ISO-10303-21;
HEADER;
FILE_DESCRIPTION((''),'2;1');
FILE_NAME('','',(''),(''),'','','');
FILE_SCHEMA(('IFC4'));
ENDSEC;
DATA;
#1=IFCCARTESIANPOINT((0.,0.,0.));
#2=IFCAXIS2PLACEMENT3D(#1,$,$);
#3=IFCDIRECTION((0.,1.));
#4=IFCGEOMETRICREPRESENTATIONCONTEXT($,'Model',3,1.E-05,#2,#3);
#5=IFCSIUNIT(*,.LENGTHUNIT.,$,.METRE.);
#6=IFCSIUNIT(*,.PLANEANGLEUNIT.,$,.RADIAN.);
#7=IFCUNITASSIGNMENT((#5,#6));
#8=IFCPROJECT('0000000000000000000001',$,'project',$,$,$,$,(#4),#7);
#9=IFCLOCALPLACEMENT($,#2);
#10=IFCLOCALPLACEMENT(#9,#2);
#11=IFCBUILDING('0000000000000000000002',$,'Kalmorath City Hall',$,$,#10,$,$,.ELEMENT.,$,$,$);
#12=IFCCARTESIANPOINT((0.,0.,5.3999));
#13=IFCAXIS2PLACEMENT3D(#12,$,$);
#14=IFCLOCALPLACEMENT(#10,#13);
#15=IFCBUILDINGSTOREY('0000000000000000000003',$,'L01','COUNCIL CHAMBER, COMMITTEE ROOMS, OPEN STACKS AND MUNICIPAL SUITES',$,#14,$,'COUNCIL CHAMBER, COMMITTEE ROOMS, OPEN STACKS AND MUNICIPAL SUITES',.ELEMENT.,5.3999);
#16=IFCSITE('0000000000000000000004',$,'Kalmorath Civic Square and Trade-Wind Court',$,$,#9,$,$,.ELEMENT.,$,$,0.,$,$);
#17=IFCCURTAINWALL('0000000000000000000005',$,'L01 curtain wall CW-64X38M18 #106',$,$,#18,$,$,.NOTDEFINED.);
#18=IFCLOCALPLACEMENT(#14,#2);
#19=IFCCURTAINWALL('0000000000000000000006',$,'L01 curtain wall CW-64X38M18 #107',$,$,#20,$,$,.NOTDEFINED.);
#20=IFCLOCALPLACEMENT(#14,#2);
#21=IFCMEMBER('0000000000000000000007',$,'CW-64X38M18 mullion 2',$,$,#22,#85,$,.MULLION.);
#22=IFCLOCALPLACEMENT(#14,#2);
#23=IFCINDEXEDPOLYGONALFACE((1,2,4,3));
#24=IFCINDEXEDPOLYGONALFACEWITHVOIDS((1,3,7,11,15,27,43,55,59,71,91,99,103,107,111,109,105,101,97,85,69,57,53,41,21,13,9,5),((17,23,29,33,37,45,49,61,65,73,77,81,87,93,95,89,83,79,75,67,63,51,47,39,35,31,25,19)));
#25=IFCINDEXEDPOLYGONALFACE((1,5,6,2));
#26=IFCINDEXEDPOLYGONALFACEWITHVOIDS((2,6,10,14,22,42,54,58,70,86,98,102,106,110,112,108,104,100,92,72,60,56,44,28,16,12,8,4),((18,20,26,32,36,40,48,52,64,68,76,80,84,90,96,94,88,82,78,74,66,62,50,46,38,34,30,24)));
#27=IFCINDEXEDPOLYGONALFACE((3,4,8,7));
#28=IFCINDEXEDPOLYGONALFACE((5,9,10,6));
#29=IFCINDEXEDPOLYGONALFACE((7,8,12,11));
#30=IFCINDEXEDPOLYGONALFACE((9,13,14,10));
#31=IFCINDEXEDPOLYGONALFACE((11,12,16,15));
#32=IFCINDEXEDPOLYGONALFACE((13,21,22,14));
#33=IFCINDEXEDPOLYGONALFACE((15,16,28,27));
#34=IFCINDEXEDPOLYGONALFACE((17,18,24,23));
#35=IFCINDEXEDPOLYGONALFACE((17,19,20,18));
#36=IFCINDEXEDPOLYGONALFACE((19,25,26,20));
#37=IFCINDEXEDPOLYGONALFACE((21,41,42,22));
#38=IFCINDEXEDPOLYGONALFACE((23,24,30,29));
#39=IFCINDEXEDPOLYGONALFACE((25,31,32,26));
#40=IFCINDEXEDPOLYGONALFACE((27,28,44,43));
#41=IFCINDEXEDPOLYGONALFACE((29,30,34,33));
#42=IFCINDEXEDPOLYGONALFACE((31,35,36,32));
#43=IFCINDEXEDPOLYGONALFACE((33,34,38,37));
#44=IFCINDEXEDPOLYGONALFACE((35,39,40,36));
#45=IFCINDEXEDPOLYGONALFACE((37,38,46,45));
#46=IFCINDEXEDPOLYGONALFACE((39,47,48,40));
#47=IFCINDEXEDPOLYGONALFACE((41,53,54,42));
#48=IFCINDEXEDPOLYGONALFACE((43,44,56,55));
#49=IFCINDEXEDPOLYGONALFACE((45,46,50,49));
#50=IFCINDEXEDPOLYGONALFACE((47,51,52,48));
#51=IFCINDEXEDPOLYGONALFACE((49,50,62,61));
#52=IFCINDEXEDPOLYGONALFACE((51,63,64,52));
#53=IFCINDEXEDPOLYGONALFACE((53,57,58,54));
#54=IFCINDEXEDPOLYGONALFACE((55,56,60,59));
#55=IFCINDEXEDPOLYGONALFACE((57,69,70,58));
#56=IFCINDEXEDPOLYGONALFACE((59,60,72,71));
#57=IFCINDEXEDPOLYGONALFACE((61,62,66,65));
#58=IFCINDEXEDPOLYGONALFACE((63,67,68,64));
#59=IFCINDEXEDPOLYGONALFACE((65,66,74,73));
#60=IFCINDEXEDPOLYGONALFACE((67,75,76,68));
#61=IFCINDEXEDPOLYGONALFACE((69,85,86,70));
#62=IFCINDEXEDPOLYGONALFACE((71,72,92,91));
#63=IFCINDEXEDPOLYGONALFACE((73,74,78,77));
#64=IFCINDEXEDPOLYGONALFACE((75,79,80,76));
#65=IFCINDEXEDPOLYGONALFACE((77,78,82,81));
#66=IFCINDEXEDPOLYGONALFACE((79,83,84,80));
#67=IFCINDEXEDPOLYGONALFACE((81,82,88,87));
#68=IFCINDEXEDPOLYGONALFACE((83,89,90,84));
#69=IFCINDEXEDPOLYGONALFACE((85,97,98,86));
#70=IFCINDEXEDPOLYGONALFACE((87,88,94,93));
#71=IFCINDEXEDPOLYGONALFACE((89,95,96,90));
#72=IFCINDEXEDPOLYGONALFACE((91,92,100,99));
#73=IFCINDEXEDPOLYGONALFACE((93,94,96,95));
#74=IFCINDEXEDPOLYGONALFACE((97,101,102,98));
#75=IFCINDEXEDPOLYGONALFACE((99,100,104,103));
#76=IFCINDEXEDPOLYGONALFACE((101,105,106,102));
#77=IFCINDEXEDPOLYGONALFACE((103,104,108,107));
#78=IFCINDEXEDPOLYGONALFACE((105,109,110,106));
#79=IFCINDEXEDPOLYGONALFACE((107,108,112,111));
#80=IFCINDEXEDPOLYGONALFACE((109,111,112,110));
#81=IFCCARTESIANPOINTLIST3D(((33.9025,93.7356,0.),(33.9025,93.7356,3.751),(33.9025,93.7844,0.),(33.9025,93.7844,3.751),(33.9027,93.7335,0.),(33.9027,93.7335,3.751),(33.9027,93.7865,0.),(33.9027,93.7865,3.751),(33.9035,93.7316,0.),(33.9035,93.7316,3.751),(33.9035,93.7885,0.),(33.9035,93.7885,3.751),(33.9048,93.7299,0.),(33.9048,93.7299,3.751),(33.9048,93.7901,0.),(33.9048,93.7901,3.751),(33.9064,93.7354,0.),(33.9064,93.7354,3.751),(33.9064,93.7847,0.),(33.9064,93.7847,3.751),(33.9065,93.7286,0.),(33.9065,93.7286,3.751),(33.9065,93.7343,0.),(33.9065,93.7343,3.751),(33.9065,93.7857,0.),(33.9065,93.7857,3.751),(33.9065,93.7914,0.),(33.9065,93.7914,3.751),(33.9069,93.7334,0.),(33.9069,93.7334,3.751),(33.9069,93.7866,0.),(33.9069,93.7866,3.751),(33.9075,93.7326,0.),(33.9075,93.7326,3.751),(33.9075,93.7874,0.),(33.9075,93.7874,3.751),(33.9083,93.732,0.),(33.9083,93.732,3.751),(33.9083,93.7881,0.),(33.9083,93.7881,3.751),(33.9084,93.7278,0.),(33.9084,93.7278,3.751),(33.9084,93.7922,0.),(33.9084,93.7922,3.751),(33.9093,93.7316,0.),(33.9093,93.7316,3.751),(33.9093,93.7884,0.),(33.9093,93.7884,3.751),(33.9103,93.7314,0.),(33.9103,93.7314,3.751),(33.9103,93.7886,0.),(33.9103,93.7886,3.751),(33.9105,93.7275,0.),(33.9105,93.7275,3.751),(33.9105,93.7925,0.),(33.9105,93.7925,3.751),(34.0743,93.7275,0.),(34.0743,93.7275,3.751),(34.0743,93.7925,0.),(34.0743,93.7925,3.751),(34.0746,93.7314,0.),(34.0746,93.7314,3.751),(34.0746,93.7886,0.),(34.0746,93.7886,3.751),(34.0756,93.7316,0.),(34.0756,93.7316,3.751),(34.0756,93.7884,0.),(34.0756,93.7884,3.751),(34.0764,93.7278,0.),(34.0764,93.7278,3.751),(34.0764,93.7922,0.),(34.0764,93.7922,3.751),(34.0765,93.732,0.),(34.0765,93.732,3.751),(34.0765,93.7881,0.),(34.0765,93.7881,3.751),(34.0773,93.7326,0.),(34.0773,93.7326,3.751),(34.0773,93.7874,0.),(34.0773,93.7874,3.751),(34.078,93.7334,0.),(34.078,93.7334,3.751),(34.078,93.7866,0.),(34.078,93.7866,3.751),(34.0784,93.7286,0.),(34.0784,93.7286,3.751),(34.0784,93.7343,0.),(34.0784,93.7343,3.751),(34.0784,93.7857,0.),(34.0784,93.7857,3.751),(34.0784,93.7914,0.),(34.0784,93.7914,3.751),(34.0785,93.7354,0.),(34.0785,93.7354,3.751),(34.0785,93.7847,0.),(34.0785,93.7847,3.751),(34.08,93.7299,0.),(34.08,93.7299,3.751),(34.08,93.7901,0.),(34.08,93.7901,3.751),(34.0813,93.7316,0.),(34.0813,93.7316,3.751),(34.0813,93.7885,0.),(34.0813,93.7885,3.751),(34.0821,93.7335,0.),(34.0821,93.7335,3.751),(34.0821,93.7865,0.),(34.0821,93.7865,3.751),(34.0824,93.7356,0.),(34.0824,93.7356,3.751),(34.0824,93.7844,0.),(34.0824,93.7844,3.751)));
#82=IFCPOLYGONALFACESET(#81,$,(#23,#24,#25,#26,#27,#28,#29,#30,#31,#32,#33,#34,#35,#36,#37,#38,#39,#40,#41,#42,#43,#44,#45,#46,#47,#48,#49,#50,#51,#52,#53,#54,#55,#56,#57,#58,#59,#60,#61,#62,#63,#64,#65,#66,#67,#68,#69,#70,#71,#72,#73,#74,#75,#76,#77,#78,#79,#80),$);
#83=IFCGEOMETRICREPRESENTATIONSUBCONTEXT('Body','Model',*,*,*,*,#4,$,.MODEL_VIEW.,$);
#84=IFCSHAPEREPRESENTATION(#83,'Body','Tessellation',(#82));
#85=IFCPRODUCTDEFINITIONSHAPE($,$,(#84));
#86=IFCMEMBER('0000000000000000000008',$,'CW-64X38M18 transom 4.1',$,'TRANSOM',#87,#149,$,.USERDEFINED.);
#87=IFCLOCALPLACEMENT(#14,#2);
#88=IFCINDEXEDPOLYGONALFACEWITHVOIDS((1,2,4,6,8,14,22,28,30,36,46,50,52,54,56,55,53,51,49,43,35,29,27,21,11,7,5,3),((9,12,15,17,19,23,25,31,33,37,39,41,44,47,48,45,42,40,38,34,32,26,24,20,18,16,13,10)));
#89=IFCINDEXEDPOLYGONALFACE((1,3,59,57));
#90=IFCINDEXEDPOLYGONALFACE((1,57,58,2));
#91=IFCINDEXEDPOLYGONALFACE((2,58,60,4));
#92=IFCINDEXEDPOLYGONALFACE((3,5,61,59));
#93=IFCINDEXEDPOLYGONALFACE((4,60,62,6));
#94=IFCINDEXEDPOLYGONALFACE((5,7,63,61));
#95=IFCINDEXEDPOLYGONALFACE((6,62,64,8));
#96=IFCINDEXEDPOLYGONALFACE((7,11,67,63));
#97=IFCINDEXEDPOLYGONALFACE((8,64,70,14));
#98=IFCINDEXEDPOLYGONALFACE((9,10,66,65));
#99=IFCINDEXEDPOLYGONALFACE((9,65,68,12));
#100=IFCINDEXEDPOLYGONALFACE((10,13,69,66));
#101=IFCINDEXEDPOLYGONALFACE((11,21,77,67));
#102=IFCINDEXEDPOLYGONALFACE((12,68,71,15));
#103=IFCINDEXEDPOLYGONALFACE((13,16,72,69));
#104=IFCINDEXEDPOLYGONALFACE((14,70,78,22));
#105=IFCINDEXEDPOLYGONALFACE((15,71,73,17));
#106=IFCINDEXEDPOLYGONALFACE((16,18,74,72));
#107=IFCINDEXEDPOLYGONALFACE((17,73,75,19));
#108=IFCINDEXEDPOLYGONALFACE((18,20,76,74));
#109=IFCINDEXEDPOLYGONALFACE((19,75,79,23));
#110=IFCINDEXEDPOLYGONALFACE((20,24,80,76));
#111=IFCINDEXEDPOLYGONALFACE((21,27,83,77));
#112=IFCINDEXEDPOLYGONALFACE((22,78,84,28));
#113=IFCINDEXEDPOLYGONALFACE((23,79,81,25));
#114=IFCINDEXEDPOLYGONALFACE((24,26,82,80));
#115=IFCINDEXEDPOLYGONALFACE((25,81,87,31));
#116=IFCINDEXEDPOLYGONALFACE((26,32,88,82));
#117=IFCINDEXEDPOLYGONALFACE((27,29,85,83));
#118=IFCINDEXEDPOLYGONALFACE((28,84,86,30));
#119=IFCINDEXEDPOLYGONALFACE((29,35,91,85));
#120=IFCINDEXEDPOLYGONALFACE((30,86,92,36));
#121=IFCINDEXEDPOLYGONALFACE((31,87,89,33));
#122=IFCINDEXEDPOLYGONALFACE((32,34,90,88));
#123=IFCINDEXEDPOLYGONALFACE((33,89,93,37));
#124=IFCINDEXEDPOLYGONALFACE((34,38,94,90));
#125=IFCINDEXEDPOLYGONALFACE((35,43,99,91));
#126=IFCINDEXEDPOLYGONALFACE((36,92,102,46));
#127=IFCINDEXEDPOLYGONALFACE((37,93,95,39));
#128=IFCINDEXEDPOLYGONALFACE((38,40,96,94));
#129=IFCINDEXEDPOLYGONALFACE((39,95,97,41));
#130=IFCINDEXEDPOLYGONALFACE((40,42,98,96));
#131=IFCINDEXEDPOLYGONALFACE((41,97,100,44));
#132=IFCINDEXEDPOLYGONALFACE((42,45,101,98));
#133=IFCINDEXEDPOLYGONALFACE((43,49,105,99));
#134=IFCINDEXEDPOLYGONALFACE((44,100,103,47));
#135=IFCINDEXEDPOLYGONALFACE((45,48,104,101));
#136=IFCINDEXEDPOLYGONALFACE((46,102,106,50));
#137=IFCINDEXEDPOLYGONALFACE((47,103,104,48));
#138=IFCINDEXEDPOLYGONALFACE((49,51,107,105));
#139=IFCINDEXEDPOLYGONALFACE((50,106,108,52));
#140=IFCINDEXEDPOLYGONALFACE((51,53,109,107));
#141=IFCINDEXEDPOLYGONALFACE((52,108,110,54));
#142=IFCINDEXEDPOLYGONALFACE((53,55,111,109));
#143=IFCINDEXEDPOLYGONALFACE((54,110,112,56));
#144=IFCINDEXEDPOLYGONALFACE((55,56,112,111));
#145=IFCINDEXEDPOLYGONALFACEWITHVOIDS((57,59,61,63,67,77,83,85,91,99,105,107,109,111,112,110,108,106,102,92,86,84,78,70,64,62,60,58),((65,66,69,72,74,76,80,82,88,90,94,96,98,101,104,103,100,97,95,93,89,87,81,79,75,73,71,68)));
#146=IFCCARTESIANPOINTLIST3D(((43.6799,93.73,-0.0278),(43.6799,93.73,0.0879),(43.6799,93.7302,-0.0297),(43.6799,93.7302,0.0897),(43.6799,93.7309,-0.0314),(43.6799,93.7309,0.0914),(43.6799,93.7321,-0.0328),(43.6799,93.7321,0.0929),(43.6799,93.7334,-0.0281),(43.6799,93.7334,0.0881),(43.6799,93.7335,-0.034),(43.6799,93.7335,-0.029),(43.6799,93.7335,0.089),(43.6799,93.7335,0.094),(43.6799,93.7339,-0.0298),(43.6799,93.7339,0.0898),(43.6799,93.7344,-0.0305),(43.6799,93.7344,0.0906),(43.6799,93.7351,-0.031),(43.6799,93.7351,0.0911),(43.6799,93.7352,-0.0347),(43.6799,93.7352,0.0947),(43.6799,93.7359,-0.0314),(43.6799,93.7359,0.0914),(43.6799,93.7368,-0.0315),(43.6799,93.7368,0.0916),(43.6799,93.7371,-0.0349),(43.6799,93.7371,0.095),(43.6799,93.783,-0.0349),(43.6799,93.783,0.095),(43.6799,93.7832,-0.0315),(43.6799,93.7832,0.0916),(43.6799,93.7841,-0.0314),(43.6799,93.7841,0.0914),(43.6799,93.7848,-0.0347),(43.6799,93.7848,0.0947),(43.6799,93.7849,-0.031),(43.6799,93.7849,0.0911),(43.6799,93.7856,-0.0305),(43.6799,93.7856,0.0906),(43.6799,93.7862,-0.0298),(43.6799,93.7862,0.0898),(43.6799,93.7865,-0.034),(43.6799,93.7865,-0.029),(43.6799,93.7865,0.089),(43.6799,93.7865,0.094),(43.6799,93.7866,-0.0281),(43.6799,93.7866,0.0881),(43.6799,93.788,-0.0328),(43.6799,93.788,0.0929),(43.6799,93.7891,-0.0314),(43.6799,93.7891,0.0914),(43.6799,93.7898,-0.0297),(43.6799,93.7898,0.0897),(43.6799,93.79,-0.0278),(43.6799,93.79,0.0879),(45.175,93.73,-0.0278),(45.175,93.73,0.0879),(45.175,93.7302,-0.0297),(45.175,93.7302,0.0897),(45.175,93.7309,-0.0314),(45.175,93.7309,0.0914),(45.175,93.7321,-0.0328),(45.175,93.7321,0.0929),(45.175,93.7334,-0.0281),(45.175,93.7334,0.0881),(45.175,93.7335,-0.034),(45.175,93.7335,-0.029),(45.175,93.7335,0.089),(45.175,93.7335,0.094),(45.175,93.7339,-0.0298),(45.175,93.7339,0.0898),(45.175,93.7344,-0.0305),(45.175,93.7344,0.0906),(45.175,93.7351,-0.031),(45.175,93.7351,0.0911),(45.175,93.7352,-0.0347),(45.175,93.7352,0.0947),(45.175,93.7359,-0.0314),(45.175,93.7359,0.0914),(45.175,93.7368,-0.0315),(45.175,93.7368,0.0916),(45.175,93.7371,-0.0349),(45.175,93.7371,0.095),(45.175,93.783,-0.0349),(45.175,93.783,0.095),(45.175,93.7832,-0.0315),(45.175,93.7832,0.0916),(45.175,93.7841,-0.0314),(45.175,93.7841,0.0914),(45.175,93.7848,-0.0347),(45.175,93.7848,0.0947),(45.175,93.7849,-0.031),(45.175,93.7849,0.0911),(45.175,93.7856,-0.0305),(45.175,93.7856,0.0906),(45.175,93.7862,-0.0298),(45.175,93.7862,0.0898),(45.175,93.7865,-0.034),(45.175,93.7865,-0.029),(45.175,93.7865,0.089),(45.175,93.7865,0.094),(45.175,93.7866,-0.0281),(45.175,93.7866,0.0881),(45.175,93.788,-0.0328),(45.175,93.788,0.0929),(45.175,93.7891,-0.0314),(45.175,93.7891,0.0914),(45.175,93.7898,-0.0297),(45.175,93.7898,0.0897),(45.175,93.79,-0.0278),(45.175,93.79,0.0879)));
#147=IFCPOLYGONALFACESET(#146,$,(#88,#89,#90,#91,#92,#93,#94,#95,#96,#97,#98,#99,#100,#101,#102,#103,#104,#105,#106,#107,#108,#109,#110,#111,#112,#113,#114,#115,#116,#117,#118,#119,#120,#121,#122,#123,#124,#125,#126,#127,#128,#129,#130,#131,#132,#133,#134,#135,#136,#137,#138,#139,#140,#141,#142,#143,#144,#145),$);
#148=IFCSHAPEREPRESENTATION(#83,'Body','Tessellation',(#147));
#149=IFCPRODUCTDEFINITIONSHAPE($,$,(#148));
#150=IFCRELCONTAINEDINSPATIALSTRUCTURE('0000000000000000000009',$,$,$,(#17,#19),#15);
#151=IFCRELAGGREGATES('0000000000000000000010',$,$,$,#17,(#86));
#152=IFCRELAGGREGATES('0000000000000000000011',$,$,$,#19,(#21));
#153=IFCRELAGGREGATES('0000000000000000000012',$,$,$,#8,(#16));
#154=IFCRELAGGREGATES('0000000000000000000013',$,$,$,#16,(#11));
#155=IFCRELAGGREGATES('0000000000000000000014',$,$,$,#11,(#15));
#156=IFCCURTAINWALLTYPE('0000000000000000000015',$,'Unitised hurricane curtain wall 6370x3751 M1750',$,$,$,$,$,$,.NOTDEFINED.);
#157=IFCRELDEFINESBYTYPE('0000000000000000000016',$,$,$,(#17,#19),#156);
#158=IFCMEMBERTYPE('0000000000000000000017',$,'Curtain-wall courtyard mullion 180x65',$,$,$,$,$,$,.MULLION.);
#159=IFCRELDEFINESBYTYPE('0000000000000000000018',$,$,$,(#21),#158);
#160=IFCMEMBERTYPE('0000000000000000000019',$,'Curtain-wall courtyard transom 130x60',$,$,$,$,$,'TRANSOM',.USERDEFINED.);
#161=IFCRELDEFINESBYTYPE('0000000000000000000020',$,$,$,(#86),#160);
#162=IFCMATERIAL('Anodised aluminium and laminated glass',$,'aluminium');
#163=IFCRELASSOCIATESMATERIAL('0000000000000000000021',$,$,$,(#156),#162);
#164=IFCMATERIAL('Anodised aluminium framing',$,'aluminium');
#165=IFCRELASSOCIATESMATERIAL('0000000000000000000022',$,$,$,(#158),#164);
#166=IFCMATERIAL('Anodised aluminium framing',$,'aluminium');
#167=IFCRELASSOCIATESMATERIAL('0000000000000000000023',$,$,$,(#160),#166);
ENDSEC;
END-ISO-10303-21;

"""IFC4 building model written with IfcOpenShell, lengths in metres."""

from ifc_helpers import new_model, si_unit, direction, frame, origin, origin_2d, place, context, subcontext, project, spatial, hollow_rectangle, extrude, material, material_profile, profile_set, type_object, element, aggregate, save


model = new_model("IFC4")

# Units and contexts
model_context = context("Model", 3, precision=1e-05, world=origin(), true_north=direction((0.0, 1.0)))
body_context = subcontext(model_context, "Body", "Model", "MODEL_VIEW")
ifc_project = project(units=[si_unit("LENGTHUNIT", "METRE"), si_unit("PLANEANGLEUNIT", "RADIAN")], contexts=[model_context])

# Site, building, storey
site_placement = place(None, origin())
site = spatial("IfcSite", under=ifc_project, at=site_placement, Name="Kalmorath Civic Square and Trade-Wind Court", CompositionType="ELEMENT", RefElevation=0.0)
building_placement = place(site_placement, origin())
building = spatial("IfcBuilding", under=site, at=building_placement, Name="Kalmorath City Hall", CompositionType="ELEMENT")
storey_placement = place(building_placement, frame((0.0, 0.0, 5.3999)))
storey = spatial("IfcBuildingStorey", under=building, at=storey_placement, Name="L01", Description="COUNCIL CHAMBER, COMMITTEE ROOMS, OPEN STACKS AND MUNICIPAL SUITES", LongName="COUNCIL CHAMBER, COMMITTEE ROOMS, OPEN STACKS AND MUNICIPAL SUITES", CompositionType="ELEMENT", Elevation=5.3999)

# Curtain wall
ifc_material_1 = material(Name="Anodised aluminium and laminated glass", Category="aluminium")
curtain_wall_type = type_object("IfcCurtainWallType", Name="Unitised hurricane curtain wall 6370x3751 M1750", PredefinedType="NOTDEFINED", material=ifc_material_1)
curtain_wall_1_placement = place(storey_placement, origin())
curtain_wall_1 = element("IfcCurtainWall", 1, at=curtain_wall_1_placement, inside=storey, type_object=curtain_wall_type, Name="L01 curtain wall CW-64X38M18 #106", PredefinedType="NOTDEFINED")
ifc_material_2 = material(Name="Anodised aluminium framing", Category="aluminium")
ifc_material_profile_1 = material_profile(ifc_material_2, hollow_rectangle(XDim=0.0649, YDim=0.1799, WallThickness=0.0039, InnerFilletRadius=0.0039, OuterFilletRadius=0.0081, at=origin_2d()), Name="ALU-MUL-180X65X4")
ifc_profile_set_1 = profile_set([ifc_material_profile_1], Name="Anodised aluminium framing")
member_type_1 = type_object("IfcMemberType", Name="Curtain-wall courtyard mullion 180x65", PredefinedType="MULLION", material=ifc_profile_set_1)

# Curtain wall, member
curtain_wall_2_placement = place(storey_placement, origin())
curtain_wall_2 = element("IfcCurtainWall", 2, at=curtain_wall_2_placement, inside=storey, type_object=curtain_wall_type, Name="L01 curtain wall CW-64X38M18 #107", PredefinedType="NOTDEFINED")
member_1_placement = place(storey_placement, frame((33.9924, 93.76, 0.0), z_axis=(0.0, 0.0, 1.0), x_axis=(0.0, -1.0, 0.0)))
member_1 = element("IfcMember", 3, at=member_1_placement, type_object=member_type_1, Name="CW-64X38M18 mullion 2", PredefinedType="MULLION", context=body_context, shape_type="SweptSolid", body=[
    extrude(hollow_rectangle(XDim=0.0649, YDim=0.1799, WallThickness=0.0039, InnerFilletRadius=0.0039, OuterFilletRadius=0.0081, at=origin_2d()), origin(), (0.0, 0.0, 1.0), 3.751),
])

# Member
ifc_material_3 = material(Name="Anodised aluminium framing", Category="aluminium")
ifc_material_profile_2 = material_profile(ifc_material_3, hollow_rectangle(XDim=0.0601, YDim=0.1299, WallThickness=0.0034, InnerFilletRadius=0.0034, OuterFilletRadius=0.0071, at=origin_2d()), Name="ALU-TRN-130X60X3.5")
ifc_profile_set_2 = profile_set([ifc_material_profile_2], Name="Anodised aluminium framing")
member_type_2 = type_object("IfcMemberType", Name="Curtain-wall courtyard transom 130x60", ElementType="TRANSOM", PredefinedType="USERDEFINED", material=ifc_profile_set_2)
member_2_placement = place(storey_placement, frame((45.175, 93.76, 0.03), z_axis=(-1.0, 0.0, 0.0), x_axis=(0.0, -1.0, 0.0)))
member_2 = element("IfcMember", 4, at=member_2_placement, type_object=member_type_2, Name="CW-64X38M18 transom 4.1", ObjectType="TRANSOM", PredefinedType="USERDEFINED", context=body_context, shape_type="SweptSolid", body=[
    extrude(hollow_rectangle(XDim=0.0601, YDim=0.1299, WallThickness=0.0034, InnerFilletRadius=0.0034, OuterFilletRadius=0.0071, at=origin_2d()), origin(), (0.0, 0.0, 1.0), 1.4951),
])

aggregate(curtain_wall_1, [member_2])
aggregate(curtain_wall_2, [member_1])

save(model, "model.ifc")
